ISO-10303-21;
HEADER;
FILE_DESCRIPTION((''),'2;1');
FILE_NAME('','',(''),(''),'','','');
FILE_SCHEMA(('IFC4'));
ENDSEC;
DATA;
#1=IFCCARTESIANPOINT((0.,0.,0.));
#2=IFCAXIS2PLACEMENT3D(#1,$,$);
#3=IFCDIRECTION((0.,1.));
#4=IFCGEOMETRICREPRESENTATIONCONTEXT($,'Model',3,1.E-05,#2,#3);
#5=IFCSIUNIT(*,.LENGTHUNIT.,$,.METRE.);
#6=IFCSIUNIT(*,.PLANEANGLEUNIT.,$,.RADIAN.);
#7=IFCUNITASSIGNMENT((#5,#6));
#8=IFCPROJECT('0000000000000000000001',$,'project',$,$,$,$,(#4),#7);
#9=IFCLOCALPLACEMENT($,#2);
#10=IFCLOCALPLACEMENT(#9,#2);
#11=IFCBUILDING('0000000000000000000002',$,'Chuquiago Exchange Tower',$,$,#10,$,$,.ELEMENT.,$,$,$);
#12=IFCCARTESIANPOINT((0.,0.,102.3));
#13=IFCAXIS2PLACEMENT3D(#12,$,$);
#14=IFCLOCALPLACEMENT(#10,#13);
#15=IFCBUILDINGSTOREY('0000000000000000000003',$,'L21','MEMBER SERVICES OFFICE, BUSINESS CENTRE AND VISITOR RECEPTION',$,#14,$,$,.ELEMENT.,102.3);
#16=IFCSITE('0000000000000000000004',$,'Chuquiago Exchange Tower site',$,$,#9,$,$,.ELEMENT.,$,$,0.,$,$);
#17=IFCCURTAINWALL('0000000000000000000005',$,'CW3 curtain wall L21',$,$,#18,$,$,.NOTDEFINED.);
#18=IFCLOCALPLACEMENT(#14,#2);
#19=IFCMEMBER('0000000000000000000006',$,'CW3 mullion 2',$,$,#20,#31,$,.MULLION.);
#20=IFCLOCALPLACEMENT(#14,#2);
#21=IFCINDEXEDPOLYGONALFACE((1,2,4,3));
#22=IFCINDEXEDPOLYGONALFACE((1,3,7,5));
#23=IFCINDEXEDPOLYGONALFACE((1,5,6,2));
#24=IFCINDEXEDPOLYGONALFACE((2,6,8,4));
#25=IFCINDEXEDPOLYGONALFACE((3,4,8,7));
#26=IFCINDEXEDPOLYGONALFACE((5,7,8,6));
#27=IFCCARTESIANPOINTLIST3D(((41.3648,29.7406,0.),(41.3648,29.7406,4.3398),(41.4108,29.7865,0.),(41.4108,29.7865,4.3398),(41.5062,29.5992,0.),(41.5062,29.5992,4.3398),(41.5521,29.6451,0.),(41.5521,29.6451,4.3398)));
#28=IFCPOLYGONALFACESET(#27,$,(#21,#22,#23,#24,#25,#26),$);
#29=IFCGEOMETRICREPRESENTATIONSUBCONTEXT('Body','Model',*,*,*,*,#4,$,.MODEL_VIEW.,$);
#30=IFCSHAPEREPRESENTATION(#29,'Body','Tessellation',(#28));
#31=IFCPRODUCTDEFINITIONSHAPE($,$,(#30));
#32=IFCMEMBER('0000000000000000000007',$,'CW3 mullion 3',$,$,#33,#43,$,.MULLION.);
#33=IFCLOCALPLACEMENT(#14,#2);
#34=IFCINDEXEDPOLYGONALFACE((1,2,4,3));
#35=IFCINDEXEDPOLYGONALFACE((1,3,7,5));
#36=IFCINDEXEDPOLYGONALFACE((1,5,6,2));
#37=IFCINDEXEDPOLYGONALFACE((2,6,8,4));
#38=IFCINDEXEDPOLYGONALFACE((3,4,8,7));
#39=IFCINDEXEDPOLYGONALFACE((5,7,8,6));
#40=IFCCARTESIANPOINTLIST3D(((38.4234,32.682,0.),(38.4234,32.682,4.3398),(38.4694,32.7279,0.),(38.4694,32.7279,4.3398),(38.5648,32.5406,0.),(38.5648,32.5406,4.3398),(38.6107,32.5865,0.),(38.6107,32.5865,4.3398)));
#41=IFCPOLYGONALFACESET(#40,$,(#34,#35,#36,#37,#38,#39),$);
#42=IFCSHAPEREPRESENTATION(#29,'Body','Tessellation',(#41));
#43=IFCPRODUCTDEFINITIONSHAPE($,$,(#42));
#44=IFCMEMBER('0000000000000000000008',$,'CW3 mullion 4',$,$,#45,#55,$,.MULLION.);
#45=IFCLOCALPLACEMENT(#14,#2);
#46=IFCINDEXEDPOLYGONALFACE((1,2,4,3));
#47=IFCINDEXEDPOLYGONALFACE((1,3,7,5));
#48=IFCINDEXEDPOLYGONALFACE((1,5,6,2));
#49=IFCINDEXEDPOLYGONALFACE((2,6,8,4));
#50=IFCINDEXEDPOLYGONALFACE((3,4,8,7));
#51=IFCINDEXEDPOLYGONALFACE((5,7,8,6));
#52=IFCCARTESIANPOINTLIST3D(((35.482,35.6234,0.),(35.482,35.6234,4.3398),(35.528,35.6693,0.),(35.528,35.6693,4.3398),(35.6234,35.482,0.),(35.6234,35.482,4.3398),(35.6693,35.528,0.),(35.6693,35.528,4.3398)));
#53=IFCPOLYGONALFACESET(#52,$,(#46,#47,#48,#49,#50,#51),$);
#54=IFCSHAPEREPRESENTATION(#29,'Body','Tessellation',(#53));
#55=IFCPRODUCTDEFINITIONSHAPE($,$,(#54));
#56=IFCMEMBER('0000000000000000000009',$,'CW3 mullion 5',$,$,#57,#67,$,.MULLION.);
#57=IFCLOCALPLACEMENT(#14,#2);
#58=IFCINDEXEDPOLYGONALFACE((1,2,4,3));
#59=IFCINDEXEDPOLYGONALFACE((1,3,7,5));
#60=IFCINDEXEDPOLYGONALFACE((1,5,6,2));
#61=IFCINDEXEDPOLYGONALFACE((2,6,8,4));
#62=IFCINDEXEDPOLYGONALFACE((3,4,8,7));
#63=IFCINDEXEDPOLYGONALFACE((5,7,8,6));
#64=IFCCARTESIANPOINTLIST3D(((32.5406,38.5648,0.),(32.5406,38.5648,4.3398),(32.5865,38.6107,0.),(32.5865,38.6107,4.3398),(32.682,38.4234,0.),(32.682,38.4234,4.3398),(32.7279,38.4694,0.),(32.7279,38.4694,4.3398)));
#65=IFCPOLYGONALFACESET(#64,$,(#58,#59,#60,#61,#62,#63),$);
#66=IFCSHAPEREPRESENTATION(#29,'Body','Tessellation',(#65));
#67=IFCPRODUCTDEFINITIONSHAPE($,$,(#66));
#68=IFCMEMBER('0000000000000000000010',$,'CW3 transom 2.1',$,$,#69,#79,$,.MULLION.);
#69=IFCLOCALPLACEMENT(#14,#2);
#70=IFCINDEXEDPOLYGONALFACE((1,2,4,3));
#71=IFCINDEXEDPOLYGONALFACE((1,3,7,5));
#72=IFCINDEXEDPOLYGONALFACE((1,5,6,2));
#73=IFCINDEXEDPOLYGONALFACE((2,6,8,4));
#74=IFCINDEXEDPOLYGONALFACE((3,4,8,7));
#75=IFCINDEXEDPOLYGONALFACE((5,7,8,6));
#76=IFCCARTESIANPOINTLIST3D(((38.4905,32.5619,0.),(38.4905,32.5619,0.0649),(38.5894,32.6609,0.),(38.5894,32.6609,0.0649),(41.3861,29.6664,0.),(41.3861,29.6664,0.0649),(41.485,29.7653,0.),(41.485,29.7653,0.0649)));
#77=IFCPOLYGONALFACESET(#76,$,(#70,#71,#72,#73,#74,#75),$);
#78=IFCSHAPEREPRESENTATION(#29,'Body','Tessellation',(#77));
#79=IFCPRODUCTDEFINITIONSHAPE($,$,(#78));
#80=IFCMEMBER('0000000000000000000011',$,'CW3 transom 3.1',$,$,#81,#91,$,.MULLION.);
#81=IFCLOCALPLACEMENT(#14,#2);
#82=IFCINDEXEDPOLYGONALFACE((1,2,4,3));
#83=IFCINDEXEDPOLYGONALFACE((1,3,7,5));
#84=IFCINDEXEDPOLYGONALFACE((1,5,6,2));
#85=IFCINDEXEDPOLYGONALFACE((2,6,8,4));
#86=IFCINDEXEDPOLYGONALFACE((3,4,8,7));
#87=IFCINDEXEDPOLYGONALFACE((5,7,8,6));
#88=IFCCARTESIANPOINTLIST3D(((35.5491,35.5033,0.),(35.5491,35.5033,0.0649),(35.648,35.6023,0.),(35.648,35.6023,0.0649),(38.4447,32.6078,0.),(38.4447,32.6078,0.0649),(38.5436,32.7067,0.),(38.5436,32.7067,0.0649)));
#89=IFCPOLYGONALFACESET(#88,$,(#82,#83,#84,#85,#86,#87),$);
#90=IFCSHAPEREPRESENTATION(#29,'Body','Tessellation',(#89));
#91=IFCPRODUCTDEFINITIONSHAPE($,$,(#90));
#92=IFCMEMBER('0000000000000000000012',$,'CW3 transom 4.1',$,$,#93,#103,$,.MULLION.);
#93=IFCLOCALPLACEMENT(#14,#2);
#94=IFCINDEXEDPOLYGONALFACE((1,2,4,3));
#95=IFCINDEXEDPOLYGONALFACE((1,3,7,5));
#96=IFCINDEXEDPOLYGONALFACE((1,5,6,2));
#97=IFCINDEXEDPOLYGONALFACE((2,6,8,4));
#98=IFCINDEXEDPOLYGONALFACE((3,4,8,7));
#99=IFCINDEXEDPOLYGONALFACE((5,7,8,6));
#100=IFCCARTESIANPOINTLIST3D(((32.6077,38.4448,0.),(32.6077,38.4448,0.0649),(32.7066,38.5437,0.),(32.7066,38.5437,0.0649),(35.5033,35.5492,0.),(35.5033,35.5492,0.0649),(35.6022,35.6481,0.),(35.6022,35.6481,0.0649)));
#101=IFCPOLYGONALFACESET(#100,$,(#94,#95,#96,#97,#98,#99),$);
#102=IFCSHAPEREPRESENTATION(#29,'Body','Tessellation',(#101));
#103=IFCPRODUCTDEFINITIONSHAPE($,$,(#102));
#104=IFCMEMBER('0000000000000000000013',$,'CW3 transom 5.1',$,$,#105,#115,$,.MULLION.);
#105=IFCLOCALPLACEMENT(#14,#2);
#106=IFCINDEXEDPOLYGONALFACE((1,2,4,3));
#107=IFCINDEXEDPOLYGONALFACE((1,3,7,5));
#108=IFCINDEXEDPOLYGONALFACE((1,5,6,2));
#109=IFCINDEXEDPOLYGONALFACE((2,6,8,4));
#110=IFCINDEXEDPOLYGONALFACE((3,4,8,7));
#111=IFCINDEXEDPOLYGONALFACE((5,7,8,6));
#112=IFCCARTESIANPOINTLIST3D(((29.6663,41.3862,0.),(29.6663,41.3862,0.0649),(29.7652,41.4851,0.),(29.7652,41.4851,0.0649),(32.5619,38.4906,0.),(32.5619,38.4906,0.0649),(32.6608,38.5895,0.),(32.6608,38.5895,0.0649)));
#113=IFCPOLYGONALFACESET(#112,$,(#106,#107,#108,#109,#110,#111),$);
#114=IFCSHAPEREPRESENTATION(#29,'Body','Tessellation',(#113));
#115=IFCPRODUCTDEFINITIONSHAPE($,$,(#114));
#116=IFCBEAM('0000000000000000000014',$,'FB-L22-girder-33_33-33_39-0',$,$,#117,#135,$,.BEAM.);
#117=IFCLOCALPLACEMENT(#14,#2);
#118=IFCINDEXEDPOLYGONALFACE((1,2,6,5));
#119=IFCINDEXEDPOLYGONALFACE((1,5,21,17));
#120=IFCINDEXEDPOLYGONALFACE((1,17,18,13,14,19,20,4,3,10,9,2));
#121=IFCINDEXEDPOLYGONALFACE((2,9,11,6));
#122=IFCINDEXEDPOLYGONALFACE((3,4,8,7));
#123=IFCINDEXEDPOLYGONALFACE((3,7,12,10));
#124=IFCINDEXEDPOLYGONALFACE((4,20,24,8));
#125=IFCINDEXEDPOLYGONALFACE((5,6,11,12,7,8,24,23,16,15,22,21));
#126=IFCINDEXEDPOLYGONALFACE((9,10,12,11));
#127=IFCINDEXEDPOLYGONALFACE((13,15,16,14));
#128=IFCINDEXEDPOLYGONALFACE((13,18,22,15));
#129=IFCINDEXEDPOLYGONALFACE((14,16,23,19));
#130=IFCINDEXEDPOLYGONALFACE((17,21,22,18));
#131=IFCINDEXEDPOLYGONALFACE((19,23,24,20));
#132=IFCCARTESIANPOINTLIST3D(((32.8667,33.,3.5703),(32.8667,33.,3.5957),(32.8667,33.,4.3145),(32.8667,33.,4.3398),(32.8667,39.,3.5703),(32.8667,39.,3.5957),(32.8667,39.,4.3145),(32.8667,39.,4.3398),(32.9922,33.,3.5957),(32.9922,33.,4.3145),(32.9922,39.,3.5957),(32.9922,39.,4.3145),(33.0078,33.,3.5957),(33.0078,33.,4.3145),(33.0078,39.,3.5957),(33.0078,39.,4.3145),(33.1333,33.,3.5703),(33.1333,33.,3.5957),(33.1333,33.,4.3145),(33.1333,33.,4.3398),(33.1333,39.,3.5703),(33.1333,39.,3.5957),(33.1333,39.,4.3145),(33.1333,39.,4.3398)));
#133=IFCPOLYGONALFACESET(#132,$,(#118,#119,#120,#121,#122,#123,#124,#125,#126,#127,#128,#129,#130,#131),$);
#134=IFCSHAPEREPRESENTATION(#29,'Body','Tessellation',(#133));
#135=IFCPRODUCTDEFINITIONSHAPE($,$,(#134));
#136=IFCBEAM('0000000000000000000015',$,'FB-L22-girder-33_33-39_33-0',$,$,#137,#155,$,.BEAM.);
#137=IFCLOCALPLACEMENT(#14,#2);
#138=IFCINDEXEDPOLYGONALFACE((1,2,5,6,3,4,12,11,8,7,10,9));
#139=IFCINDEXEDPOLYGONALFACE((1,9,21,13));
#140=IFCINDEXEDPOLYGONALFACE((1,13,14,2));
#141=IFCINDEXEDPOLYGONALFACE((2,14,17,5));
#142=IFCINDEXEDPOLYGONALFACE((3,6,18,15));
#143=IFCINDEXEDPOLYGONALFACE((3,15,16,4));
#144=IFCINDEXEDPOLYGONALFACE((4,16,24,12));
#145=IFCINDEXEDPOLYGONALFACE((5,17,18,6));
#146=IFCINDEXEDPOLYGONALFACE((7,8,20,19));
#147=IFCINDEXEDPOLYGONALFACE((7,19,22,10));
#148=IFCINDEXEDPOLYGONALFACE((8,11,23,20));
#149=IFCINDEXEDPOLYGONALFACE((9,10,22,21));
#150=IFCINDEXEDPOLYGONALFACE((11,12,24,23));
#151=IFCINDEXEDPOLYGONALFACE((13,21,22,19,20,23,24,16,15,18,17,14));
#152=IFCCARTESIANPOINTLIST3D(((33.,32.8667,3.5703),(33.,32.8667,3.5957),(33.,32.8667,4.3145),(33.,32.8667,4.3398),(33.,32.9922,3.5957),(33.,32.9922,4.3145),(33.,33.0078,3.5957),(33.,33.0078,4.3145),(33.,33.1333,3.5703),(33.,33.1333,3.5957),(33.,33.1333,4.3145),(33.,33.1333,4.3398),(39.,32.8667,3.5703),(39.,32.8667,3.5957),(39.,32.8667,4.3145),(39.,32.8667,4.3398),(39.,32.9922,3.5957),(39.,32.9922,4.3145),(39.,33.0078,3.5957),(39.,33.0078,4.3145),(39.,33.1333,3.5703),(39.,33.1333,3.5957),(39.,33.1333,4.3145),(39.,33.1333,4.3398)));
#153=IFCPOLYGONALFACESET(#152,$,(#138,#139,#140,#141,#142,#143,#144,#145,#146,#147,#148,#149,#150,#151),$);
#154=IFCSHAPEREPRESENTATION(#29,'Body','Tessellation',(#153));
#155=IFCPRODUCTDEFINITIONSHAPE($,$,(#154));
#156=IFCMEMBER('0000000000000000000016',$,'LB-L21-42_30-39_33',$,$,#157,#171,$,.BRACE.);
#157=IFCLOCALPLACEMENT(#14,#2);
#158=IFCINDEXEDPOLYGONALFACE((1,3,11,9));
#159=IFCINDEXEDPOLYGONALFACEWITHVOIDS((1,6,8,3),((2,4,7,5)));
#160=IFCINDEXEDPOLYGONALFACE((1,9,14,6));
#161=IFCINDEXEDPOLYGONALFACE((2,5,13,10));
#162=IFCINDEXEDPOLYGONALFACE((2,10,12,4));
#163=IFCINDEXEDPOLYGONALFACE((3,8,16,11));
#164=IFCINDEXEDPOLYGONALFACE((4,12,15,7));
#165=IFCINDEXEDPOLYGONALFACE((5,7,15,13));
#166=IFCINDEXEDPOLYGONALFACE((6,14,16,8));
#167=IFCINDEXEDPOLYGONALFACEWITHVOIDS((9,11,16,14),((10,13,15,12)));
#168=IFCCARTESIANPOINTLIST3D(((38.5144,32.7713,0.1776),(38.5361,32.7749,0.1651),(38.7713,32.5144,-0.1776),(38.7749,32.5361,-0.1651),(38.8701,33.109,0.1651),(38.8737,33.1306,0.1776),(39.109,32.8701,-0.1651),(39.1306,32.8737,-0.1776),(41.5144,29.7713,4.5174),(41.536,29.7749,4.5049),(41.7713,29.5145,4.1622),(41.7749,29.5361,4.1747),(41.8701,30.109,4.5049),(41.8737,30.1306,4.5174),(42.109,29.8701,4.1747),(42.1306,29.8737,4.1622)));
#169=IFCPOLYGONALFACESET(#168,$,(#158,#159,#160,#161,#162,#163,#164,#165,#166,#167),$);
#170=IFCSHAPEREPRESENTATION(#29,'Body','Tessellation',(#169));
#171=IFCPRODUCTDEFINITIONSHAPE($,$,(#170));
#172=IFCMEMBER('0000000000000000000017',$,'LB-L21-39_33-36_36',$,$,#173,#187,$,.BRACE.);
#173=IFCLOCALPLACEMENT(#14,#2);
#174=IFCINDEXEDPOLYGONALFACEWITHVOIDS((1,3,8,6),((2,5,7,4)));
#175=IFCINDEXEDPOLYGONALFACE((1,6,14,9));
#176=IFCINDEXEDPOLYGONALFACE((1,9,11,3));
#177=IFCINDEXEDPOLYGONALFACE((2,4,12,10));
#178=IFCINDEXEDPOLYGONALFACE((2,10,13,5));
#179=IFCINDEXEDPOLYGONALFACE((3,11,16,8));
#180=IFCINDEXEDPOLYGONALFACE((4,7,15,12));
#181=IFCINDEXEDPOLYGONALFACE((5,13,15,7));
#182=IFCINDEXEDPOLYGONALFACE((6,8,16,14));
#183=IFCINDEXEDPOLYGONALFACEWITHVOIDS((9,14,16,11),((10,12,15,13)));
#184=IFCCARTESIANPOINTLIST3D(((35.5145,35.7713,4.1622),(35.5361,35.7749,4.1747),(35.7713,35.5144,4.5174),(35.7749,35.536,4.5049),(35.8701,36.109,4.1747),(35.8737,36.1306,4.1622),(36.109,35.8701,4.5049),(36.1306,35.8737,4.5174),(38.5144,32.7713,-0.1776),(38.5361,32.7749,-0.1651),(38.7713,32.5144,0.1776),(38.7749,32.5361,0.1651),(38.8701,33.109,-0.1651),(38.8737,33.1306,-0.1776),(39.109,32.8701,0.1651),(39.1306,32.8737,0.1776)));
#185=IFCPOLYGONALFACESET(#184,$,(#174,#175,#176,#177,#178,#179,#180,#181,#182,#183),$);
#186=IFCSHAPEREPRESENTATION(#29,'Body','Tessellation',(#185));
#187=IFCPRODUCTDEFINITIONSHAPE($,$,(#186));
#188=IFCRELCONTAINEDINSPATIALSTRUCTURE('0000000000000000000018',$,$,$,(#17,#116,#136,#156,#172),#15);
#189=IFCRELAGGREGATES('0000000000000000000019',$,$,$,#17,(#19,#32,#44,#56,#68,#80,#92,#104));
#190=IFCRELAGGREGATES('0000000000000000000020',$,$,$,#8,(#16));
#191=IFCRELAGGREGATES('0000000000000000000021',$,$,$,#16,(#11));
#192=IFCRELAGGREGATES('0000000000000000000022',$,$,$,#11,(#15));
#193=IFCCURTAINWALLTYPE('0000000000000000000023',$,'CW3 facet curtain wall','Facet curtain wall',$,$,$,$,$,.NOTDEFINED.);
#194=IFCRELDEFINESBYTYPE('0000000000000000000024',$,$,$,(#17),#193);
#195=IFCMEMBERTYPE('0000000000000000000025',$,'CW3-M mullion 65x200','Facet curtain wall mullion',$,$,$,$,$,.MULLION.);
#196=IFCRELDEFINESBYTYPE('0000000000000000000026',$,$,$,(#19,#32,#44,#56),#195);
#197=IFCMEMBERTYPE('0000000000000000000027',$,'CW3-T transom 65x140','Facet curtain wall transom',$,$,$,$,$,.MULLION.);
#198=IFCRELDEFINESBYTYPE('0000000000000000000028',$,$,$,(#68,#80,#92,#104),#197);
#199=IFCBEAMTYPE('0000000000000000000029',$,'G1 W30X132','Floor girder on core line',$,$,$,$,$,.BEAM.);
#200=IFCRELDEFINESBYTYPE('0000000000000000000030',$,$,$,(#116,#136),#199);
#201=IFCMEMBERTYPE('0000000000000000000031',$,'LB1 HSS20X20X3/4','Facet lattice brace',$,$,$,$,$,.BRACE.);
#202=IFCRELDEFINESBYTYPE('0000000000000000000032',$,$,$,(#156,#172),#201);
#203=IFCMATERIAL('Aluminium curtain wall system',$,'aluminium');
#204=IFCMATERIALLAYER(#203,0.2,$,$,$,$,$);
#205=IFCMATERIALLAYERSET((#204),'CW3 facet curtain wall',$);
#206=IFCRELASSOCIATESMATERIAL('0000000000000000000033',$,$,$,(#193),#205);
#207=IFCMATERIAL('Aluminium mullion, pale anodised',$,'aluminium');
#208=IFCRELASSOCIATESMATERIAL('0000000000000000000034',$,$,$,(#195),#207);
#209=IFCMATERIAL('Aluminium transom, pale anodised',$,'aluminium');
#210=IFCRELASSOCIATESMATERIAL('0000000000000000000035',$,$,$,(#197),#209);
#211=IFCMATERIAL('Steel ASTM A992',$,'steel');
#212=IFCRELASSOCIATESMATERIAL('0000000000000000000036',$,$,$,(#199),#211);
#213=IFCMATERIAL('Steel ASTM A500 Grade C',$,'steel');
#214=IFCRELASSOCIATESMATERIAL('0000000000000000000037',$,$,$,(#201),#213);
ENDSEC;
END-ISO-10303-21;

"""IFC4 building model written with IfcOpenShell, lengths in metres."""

from ifc_helpers import new_model, si_unit, direction, frame, origin, origin_2d, place, context, subcontext, project, spatial, rectangle, hollow_rectangle, i_section, extrude, material, layer, layer_set, material_profile, profile_set, type_object, element, aggregate, save


model = new_model("IFC4")

# Units and contexts
model_context = context("Model", 3, precision=1e-05, world=origin(), true_north=direction((0.0, 1.0)))
body_context = subcontext(model_context, "Body", "Model", "MODEL_VIEW")
ifc_project = project(units=[si_unit("LENGTHUNIT", "METRE"), si_unit("PLANEANGLEUNIT", "RADIAN")], contexts=[model_context])

# Site, building, storey
site_placement = place(None, origin())
site = spatial("IfcSite", under=ifc_project, at=site_placement, Name="Chuquiago Exchange Tower site", CompositionType="ELEMENT", RefElevation=0.0)
building_placement = place(site_placement, origin())
building = spatial("IfcBuilding", under=site, at=building_placement, Name="Chuquiago Exchange Tower", CompositionType="ELEMENT")
storey_placement = place(building_placement, frame((0.0, 0.0, 102.3)))
storey = spatial("IfcBuildingStorey", under=building, at=storey_placement, Name="L21", Description="MEMBER SERVICES OFFICE, BUSINESS CENTRE AND VISITOR RECEPTION", CompositionType="ELEMENT", Elevation=102.3)

# Curtain wall, members
ifc_material_1 = material(Name="Aluminium curtain wall system", Category="aluminium")
ifc_layer_1 = layer(ifc_material_1, 0.2)
ifc_layer_set_1 = layer_set([ifc_layer_1], Name="CW3 facet curtain wall")
curtain_wall_type = type_object("IfcCurtainWallType", Name="CW3 facet curtain wall", Description="Facet curtain wall", PredefinedType="NOTDEFINED", material=ifc_layer_set_1)
curtain_wall_placement = place(storey_placement, origin())
curtain_wall = element("IfcCurtainWall", 1, at=curtain_wall_placement, inside=storey, type_object=curtain_wall_type, Name="CW3 curtain wall L21", PredefinedType="NOTDEFINED")
ifc_material_2 = material(Name="Aluminium mullion, pale anodised", Category="aluminium")
ifc_material_profile_1 = material_profile(ifc_material_2, rectangle(XDim=0.0649, YDim=0.2, at=origin_2d()), Name="AL 65x200")
ifc_profile_set_1 = profile_set([ifc_material_profile_1], Name="Aluminium mullion, pale anodised")
member_type_1 = type_object("IfcMemberType", Name="CW3-M mullion 65x200", Description="Facet curtain wall mullion", PredefinedType="MULLION", material=ifc_profile_set_1)
member_1_placement = place(storey_placement, frame((41.4585, 29.6929, 0.0), z_axis=(0.0, 0.0, 1.0), x_axis=(-0.707107, -0.707107, 0.0)))
member_1 = element("IfcMember", 2, at=member_1_placement, type_object=member_type_1, Name="CW3 mullion 2", PredefinedType="MULLION", context=body_context, shape_type="SweptSolid", body=[
    extrude(rectangle(XDim=0.0649, YDim=0.2, at=origin_2d()), origin(), (0.0, 0.0, 1.0), 4.3398),
])
member_2_placement = place(storey_placement, frame((38.5171, 32.6343, 0.0), z_axis=(0.0, 0.0, 1.0), x_axis=(-0.707107, -0.707107, 0.0)))
member_2 = element("IfcMember", 3, at=member_2_placement, type_object=member_type_1, Name="CW3 mullion 3", PredefinedType="MULLION", context=body_context, shape_type="SweptSolid", body=[
    extrude(rectangle(XDim=0.0649, YDim=0.2, at=origin_2d()), origin(), (0.0, 0.0, 1.0), 4.3398),
])
member_3_placement = place(storey_placement, frame((35.5757, 35.5757, 0.0), z_axis=(0.0, 0.0, 1.0), x_axis=(-0.707107, -0.707107, 0.0)))
member_3 = element("IfcMember", 4, at=member_3_placement, type_object=member_type_1, Name="CW3 mullion 4", PredefinedType="MULLION", context=body_context, shape_type="SweptSolid", body=[
    extrude(rectangle(XDim=0.0649, YDim=0.2, at=origin_2d()), origin(), (0.0, 0.0, 1.0), 4.3398),
])
member_4_placement = place(storey_placement, frame((32.6343, 38.5171, 0.0), z_axis=(0.0, 0.0, 1.0), x_axis=(-0.707107, -0.707107, 0.0)))
member_4 = element("IfcMember", 5, at=member_4_placement, type_object=member_type_1, Name="CW3 mullion 5", PredefinedType="MULLION", context=body_context, shape_type="SweptSolid", body=[
    extrude(rectangle(XDim=0.0649, YDim=0.2, at=origin_2d()), origin(), (0.0, 0.0, 1.0), 4.3398),
])
ifc_material_3 = material(Name="Aluminium transom, pale anodised", Category="aluminium")
ifc_material_profile_2 = material_profile(ifc_material_3, rectangle(XDim=0.1399, YDim=0.0649, at=origin_2d()), Name="AL 140x65")
ifc_profile_set_2 = profile_set([ifc_material_profile_2], Name="Aluminium transom, pale anodised")
member_type_2 = type_object("IfcMemberType", Name="CW3-T transom 65x140", Description="Facet curtain wall transom", PredefinedType="MULLION", material=ifc_profile_set_2)
member_5_placement = place(storey_placement, frame((41.4355, 29.7158, 0.0325), z_axis=(-0.707107, 0.707107, 0.0), x_axis=(-0.707107, -0.707107, 0.0)))
member_5 = element("IfcMember", 6, at=member_5_placement, type_object=member_type_2, Name="CW3 transom 2.1", PredefinedType="MULLION", context=body_context, shape_type="SweptSolid", body=[
    extrude(rectangle(XDim=0.1399, YDim=0.0649, at=origin_2d()), origin(), (0.0, 0.0, 1.0), 4.095),
])
member_6_placement = place(storey_placement, frame((38.4941, 32.6572, 0.0325), z_axis=(-0.707107, 0.707107, 0.0), x_axis=(-0.707107, -0.707107, 0.0)))
member_6 = element("IfcMember", 7, at=member_6_placement, type_object=member_type_2, Name="CW3 transom 3.1", PredefinedType="MULLION", context=body_context, shape_type="SweptSolid", body=[
    extrude(rectangle(XDim=0.1399, YDim=0.0649, at=origin_2d()), origin(), (0.0, 0.0, 1.0), 4.095),
])
member_7_placement = place(storey_placement, frame((35.5527, 35.5986, 0.0325), z_axis=(-0.707107, 0.707107, 0.0), x_axis=(-0.707107, -0.707107, 0.0)))
member_7 = element("IfcMember", 8, at=member_7_placement, type_object=member_type_2, Name="CW3 transom 4.1", PredefinedType="MULLION", context=body_context, shape_type="SweptSolid", body=[
    extrude(rectangle(XDim=0.1399, YDim=0.0649, at=origin_2d()), origin(), (0.0, 0.0, 1.0), 4.095),
])
member_8_placement = place(storey_placement, frame((32.6113, 38.54, 0.0325), z_axis=(-0.707107, 0.707107, 0.0), x_axis=(-0.707107, -0.707107, 0.0)))
member_8 = element("IfcMember", 9, at=member_8_placement, type_object=member_type_2, Name="CW3 transom 5.1", PredefinedType="MULLION", context=body_context, shape_type="SweptSolid", body=[
    extrude(rectangle(XDim=0.1399, YDim=0.0649, at=origin_2d()), origin(), (0.0, 0.0, 1.0), 4.095),
])

# Beams
ifc_material_4 = material(Name="Steel ASTM A992", Category="steel")
ifc_material_profile_3 = material_profile(ifc_material_4, i_section(OverallWidth=0.2666, OverallDepth=0.7695, WebThickness=0.0156, FlangeThickness=0.0254, at=origin_2d()), Name="W30X132")
ifc_profile_set_3 = profile_set([ifc_material_profile_3], Name="Steel ASTM A992")
beam_type_1 = type_object("IfcBeamType", Name="G1 W30X132", Description="Floor girder on core line", PredefinedType="BEAM", material=ifc_profile_set_3)
for number, where, z_axis, x_axis, name in (
    (10, (33.0, 33.0, 3.9551), (0.0, 1.0, 0.0), (-1.0, 0.0, 0.0), "FB-L22-girder-33_33-33_39-0"),
    (11, (33.0, 33.0, 3.9551), (1.0, 0.0, 0.0), (0.0, 1.0, 0.0), "FB-L22-girder-33_33-39_33-0"),
):
    element("IfcBeam", number, at=place(storey_placement, frame(where, z_axis=z_axis, x_axis=x_axis)), inside=storey, type_object=beam_type_1, Name=name, PredefinedType="BEAM", context=body_context, shape_type="SweptSolid", body=[
        extrude(i_section(OverallWidth=0.2666, OverallDepth=0.7695, WebThickness=0.0156, FlangeThickness=0.0254, at=origin_2d()), origin(), (0.0, 0.0, 1.0), 6.0),
    ])

# Members
ifc_material_5 = material(Name="Steel ASTM A500 Grade C", Category="steel")
ifc_material_profile_4 = material_profile(ifc_material_5, hollow_rectangle(XDim=0.5081, YDim=0.5081, WallThickness=0.0178, at=origin_2d()), Name="HSS20X20X3/4")
ifc_profile_set_4 = profile_set([ifc_material_profile_4], Name="Steel ASTM A500 Grade C")
member_type_3 = type_object("IfcMemberType", Name="LB1 HSS20X20X3/4", Description="Facet lattice brace", PredefinedType="BRACE", material=ifc_profile_set_4)
for number, where, z_axis, x_axis, name in (
    (12, (38.8225, 32.8225, 0.0), (0.494305, -0.494305, 0.715069), (0.707107, 0.707107, 0.0), "LB-L21-42_30-39_33"),
    (13, (38.8225, 32.8225, 0.0), (-0.494305, 0.494305, 0.715069), (-0.707107, -0.707107, 0.0), "LB-L21-39_33-36_36"),
):
    element("IfcMember", number, at=place(storey_placement, frame(where, z_axis=z_axis, x_axis=x_axis)), inside=storey, type_object=member_type_3, Name=name, PredefinedType="BRACE", context=body_context, shape_type="SweptSolid", body=[
        extrude(hollow_rectangle(XDim=0.5081, YDim=0.5081, WallThickness=0.0178, at=origin_2d()), origin(), (0.0, 0.0, 1.0), 6.0691),
    ])

aggregate(curtain_wall, [member_1, member_2, member_3, member_4, member_5, member_6, member_7, member_8])

save(model, "model.ifc")
